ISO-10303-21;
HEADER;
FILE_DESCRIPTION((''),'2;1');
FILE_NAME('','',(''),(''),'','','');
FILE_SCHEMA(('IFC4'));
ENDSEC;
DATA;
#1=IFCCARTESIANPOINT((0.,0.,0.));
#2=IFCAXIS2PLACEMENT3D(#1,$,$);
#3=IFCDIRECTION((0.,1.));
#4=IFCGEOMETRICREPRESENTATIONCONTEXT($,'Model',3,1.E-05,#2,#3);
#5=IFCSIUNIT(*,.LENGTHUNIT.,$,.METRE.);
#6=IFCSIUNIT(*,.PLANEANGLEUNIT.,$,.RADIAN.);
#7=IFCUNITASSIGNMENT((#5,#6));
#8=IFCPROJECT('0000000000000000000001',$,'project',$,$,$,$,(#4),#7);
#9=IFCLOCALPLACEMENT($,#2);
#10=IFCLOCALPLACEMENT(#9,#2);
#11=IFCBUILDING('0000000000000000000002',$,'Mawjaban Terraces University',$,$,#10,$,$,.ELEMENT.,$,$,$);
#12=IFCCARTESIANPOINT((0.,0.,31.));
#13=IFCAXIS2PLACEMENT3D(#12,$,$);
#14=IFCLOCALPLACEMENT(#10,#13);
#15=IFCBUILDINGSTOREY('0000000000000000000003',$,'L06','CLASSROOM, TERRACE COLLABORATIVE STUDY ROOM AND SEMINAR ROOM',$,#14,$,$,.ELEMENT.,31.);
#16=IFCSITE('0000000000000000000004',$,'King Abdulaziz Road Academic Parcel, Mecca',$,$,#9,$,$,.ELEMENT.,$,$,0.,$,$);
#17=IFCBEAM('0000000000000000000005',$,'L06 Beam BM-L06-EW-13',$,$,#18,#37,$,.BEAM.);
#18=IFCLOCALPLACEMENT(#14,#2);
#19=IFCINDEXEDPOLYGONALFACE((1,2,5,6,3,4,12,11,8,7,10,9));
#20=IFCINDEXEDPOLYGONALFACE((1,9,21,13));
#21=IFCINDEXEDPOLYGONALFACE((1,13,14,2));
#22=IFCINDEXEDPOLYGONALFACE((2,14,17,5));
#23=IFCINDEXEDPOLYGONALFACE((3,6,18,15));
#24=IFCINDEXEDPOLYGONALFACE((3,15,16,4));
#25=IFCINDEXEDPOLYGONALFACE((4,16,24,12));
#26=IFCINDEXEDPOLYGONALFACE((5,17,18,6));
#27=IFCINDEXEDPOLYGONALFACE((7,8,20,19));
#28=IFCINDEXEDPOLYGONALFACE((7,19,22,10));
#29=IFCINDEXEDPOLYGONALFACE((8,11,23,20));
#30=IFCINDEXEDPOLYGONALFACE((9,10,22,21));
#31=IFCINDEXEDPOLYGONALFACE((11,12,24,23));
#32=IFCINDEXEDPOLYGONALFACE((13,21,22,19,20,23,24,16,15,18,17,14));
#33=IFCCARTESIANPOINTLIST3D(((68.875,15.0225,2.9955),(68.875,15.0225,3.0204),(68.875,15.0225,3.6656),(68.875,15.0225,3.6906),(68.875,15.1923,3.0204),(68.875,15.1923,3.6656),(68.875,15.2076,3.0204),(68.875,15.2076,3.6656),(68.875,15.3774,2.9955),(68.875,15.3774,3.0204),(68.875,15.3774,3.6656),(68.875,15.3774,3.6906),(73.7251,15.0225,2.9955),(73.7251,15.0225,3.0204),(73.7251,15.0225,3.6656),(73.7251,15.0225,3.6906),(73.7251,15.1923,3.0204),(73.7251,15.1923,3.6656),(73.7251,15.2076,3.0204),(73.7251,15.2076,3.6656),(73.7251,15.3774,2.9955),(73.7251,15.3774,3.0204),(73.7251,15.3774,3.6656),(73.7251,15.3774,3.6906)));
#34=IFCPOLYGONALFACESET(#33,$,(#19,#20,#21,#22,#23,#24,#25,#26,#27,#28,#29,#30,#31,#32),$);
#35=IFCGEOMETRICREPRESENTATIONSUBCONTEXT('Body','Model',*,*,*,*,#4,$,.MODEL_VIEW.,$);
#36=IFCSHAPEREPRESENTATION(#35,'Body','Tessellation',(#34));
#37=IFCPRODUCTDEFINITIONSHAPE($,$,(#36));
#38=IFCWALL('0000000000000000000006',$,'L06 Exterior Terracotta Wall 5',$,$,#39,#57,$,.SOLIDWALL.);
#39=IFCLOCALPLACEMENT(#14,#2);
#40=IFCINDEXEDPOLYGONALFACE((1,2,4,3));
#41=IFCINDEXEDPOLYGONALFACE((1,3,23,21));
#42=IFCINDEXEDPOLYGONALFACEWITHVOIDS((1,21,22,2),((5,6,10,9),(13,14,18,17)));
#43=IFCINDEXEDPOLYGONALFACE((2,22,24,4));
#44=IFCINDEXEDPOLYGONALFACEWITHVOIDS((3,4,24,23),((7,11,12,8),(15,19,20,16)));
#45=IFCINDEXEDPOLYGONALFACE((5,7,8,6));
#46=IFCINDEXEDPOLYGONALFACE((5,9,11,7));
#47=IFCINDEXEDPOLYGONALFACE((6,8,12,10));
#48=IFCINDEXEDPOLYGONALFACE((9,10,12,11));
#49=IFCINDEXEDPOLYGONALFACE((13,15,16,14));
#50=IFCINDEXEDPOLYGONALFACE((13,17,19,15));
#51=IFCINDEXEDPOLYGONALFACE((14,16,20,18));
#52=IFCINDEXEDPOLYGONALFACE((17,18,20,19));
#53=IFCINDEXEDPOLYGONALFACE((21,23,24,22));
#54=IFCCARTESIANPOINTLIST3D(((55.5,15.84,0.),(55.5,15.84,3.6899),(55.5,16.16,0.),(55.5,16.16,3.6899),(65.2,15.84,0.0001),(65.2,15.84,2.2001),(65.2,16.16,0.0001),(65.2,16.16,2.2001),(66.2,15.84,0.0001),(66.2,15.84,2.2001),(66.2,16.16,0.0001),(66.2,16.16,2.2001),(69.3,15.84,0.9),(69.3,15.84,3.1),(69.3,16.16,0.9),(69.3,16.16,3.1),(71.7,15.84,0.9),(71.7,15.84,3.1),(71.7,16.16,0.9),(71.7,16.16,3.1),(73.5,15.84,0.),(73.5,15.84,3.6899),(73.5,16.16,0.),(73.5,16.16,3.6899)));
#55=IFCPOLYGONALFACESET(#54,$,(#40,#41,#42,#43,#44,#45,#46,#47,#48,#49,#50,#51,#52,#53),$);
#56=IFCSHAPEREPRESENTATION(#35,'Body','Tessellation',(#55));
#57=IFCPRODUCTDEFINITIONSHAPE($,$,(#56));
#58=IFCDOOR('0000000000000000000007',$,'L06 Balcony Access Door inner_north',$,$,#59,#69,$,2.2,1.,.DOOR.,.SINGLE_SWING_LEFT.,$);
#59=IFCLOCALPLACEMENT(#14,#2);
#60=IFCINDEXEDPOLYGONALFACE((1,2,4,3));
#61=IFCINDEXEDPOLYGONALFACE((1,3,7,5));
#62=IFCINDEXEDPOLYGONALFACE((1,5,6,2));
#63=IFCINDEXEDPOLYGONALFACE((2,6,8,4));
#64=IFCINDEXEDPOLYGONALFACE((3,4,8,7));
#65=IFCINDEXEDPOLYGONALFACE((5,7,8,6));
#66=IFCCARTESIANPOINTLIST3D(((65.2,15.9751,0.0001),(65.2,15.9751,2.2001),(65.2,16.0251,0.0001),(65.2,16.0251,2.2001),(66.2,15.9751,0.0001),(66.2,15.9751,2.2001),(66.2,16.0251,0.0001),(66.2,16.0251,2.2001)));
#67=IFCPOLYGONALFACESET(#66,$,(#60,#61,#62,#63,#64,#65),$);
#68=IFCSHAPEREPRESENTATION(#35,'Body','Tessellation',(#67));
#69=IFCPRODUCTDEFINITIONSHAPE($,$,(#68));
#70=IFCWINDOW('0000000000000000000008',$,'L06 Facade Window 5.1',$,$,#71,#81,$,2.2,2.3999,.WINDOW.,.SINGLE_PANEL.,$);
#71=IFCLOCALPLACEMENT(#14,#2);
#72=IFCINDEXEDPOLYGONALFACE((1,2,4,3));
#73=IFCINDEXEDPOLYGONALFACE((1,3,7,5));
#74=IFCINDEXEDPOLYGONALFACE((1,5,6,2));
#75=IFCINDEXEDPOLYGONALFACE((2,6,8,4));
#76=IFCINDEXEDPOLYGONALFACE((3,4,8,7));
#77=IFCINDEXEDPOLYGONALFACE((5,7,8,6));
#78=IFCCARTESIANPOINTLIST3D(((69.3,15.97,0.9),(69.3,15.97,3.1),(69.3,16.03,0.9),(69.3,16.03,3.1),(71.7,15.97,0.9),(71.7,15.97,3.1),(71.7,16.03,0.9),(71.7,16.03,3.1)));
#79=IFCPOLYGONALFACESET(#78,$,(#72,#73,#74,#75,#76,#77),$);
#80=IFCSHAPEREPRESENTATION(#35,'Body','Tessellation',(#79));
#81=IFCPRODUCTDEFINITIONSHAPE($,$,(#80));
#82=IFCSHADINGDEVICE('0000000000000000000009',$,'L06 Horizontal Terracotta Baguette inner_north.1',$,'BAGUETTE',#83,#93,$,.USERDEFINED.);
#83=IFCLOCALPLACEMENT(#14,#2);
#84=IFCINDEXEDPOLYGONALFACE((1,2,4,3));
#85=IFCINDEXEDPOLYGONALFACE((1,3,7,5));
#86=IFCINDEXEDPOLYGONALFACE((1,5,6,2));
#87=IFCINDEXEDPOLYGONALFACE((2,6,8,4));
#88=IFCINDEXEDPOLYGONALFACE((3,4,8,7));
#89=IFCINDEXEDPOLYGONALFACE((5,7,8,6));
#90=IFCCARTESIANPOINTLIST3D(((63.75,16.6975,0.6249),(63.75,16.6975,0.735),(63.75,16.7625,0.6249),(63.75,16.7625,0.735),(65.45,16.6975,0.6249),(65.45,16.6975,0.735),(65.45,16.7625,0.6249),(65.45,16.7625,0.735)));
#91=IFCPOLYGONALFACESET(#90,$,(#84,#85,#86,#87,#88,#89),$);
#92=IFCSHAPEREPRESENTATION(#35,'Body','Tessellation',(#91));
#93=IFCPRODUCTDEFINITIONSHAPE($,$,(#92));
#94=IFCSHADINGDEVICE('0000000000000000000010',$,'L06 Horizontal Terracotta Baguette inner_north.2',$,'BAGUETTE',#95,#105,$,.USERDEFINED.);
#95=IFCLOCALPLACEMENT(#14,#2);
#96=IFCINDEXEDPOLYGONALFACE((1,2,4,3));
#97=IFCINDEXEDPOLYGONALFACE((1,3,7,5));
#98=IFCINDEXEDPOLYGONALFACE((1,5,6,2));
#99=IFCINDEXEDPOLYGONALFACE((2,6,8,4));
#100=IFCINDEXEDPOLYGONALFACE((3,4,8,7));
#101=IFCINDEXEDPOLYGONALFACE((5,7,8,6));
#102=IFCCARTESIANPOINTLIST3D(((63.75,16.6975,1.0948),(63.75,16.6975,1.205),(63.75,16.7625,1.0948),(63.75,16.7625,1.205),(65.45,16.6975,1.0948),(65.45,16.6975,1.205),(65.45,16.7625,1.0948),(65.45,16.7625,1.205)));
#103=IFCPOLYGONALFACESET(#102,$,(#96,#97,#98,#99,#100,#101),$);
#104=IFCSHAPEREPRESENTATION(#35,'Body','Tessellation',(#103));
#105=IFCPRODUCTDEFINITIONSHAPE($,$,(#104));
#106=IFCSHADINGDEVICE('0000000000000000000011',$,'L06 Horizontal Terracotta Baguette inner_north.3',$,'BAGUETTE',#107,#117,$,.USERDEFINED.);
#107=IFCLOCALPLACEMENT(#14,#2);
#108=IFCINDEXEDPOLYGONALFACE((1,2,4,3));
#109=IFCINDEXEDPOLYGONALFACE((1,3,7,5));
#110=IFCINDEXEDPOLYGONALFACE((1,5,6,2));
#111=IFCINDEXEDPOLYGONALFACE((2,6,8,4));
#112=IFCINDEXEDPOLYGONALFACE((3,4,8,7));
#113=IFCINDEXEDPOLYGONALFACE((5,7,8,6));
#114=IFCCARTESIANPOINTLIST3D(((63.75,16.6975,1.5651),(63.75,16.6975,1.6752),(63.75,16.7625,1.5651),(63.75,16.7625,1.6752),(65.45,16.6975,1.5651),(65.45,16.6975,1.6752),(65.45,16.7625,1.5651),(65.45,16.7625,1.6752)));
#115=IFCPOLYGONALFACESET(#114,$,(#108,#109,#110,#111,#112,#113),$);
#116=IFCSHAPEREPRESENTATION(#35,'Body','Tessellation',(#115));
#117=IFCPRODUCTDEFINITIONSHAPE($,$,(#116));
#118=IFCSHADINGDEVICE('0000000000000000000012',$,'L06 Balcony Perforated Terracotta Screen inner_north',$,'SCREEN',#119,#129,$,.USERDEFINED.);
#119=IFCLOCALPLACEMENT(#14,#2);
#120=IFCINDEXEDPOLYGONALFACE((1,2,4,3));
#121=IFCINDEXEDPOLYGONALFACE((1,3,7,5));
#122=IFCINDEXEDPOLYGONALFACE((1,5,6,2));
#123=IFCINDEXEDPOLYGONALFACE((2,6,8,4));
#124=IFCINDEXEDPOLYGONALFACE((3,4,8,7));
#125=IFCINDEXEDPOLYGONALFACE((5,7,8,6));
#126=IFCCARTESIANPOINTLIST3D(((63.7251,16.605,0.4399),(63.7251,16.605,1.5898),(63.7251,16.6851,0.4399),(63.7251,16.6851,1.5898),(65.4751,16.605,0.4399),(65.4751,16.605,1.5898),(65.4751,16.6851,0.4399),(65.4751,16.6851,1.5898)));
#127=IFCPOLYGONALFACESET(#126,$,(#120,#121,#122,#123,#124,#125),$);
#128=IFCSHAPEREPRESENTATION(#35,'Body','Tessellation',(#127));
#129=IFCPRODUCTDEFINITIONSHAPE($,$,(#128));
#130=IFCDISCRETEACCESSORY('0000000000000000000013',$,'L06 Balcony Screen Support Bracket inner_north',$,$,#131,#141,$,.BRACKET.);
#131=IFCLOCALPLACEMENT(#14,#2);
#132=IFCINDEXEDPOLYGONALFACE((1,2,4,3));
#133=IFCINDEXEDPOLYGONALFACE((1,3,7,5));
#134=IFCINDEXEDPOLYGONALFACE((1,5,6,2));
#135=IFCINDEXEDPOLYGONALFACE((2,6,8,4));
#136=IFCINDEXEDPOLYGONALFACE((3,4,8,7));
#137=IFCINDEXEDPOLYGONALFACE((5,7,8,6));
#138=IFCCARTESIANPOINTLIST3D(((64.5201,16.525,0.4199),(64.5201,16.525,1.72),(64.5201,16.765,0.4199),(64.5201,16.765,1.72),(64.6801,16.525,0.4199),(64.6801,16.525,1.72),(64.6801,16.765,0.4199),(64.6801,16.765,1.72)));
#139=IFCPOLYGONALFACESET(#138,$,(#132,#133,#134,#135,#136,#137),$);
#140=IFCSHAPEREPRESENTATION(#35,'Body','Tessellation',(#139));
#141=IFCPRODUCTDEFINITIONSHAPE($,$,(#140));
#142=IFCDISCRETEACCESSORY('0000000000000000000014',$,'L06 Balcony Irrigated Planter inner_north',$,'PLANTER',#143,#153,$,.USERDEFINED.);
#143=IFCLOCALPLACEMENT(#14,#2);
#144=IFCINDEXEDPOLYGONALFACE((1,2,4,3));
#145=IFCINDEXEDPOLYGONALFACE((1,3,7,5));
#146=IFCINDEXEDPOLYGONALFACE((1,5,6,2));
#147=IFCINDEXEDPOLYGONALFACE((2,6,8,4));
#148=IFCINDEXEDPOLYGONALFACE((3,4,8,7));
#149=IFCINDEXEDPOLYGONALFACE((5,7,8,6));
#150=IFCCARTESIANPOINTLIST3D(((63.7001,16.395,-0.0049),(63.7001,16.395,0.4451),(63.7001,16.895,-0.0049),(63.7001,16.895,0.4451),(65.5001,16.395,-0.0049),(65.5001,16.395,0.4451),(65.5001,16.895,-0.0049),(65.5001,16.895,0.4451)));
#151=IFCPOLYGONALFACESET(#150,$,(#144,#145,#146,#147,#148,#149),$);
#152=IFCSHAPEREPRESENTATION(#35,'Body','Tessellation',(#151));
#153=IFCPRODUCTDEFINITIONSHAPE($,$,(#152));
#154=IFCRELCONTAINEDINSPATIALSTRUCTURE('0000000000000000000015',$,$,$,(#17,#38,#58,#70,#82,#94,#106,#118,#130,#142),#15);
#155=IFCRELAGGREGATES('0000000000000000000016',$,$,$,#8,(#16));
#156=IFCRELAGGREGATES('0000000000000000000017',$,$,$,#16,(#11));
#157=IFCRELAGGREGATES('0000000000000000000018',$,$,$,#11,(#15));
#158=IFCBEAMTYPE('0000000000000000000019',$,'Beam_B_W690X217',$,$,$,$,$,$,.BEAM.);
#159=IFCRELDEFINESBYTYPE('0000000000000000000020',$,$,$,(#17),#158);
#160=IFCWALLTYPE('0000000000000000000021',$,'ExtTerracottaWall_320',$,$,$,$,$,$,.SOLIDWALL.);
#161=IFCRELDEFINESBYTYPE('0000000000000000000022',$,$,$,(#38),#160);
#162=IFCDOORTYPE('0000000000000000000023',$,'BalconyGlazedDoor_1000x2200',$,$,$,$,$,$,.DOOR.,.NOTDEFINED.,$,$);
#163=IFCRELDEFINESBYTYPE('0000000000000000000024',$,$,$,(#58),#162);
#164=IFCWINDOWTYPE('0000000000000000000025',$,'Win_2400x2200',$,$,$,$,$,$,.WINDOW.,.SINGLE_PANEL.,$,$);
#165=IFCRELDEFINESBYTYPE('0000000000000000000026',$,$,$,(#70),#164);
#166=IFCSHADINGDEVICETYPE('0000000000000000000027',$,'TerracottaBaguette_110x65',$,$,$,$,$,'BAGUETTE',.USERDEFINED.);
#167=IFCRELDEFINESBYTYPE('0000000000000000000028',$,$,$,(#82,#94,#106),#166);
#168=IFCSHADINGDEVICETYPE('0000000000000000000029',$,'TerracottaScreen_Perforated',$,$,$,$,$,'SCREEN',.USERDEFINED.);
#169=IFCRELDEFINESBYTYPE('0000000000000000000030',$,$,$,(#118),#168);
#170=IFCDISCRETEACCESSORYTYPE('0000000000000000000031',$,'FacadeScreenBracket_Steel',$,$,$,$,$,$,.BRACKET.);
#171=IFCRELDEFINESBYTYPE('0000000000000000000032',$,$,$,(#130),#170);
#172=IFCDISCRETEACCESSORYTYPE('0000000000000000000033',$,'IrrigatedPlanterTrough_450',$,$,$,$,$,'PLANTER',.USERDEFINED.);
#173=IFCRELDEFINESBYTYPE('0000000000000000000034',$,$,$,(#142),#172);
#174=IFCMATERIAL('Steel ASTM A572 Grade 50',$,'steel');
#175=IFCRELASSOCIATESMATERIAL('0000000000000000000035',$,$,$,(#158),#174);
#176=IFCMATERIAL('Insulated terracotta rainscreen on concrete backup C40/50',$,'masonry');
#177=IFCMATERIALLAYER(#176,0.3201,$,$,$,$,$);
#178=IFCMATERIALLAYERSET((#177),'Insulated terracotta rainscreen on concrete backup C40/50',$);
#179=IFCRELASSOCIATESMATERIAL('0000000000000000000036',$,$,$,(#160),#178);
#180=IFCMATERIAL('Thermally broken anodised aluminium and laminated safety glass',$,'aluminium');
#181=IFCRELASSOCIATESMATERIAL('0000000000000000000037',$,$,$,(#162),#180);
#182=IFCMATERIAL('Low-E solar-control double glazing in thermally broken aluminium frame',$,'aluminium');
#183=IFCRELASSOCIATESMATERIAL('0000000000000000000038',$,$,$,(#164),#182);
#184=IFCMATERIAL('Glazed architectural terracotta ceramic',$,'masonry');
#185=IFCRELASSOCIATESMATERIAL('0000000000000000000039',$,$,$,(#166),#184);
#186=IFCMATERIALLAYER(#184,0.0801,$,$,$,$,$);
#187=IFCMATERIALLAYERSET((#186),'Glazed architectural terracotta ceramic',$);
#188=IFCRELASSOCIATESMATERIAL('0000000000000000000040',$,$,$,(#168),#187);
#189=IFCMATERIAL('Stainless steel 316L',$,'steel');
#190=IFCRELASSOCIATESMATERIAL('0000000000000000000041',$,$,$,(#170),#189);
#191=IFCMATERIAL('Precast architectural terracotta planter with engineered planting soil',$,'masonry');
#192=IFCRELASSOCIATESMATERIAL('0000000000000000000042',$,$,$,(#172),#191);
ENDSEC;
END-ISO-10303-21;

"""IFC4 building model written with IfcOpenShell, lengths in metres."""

from ifc_helpers import new_model, si_unit, direction, frame, frame_2d, origin, origin_2d, place, context, subcontext, project, spatial, rectangle, i_section, extrude, material, layer, layer_set, material_profile, profile_set, type_object, element, fill, save


model = new_model("IFC4")

# Units and contexts
model_context = context("Model", 3, precision=1e-05, world=origin(), true_north=direction((0.0, 1.0)))
body_context = subcontext(model_context, "Body", "Model", "MODEL_VIEW")
ifc_project = project(units=[si_unit("LENGTHUNIT", "METRE"), si_unit("PLANEANGLEUNIT", "RADIAN")], contexts=[model_context])

# Site, building, storey
site_placement = place(None, origin())
site = spatial("IfcSite", under=ifc_project, at=site_placement, Name="King Abdulaziz Road Academic Parcel, Mecca", CompositionType="ELEMENT", RefElevation=0.0)
building_placement = place(site_placement, origin())
building = spatial("IfcBuilding", under=site, at=building_placement, Name="Mawjaban Terraces University", CompositionType="ELEMENT")
storey_placement = place(building_placement, frame((0.0, 0.0, 31.0)))
storey = spatial("IfcBuildingStorey", under=building, at=storey_placement, Name="L06", Description="CLASSROOM, TERRACE COLLABORATIVE STUDY ROOM AND SEMINAR ROOM", CompositionType="ELEMENT", Elevation=31.0)

# Beam
ifc_material_1 = material(Name="Steel ASTM A572 Grade 50", Category="steel")
ifc_material_profile_1 = material_profile(ifc_material_1, i_section(OverallWidth=0.355, OverallDepth=0.6951, WebThickness=0.0154, FlangeThickness=0.0249, at=origin_2d()), Name="W690X217")
ifc_profile_set_1 = profile_set([ifc_material_profile_1], Name="Steel ASTM A572 Grade 50")
beam_type_1 = type_object("IfcBeamType", Name="Beam_B_W690X217", PredefinedType="BEAM", material=ifc_profile_set_1)
beam_1_placement = place(storey_placement, frame((68.875, 15.2, 3.343), z_axis=(1.0, 0.0, 0.0), x_axis=(0.0, 1.0, 0.0)))
element("IfcBeam", 1, at=beam_1_placement, inside=storey, type_object=beam_type_1, Name="L06 Beam BM-L06-EW-13", PredefinedType="BEAM", context=body_context, shape_type="SweptSolid", body=[
    extrude(i_section(OverallWidth=0.355, OverallDepth=0.6951, WebThickness=0.0154, FlangeThickness=0.0249, at=origin_2d()), origin(), (0.0, 0.0, 1.0), 4.8501),
])

# Wall, openings, door, window
ifc_material_2 = material(Name="Insulated terracotta rainscreen on concrete backup C40/50", Category="masonry")
ifc_layer_1 = layer(ifc_material_2, 0.3201)
ifc_layer_set_1 = layer_set([ifc_layer_1], Name="Insulated terracotta rainscreen on concrete backup C40/50")
wall_type = type_object("IfcWallType", Name="ExtTerracottaWall_320", PredefinedType="SOLIDWALL", material=ifc_layer_set_1)
wall_placement = place(storey_placement, frame((73.5, 16.0, 0.0), z_axis=(0.0, 0.0, 1.0), x_axis=(-1.0, 0.0, 0.0)))
wall = element("IfcWall", 2, at=wall_placement, inside=storey, type_object=wall_type, Name="L06 Exterior Terracotta Wall 5", PredefinedType="SOLIDWALL", context=body_context, shape_type="SweptSolid", body=[
    extrude(rectangle(XDim=18.0, YDim=0.3201, at=frame_2d((9.0, 0.0))), origin(), (0.0, 0.0, 1.0), 3.6899),
])
opening_1_placement = place(wall_placement, frame((7.3, 0.0, 0.0)))
opening_1 = element("IfcOpeningElement", 3, at=opening_1_placement, cuts=wall, PredefinedType="OPENING", context=body_context, shape_type="SweptSolid", body=[
    extrude(rectangle(XDim=1.0, YDim=2.2, at=frame_2d((0.5, 1.1001))), frame((0.0, 0.1699, 0.0), z_axis=(0.0, -1.0, 0.0), x_axis=(1.0, 0.0, 0.0)), (0.0, 0.0, 1.0), 0.3401),
])
opening_2_placement = place(wall_placement, frame((1.8, 0.0, 0.8999)))
opening_2 = element("IfcOpeningElement", 4, at=opening_2_placement, cuts=wall, PredefinedType="OPENING", context=body_context, shape_type="SweptSolid", body=[
    extrude(rectangle(XDim=2.3999, YDim=2.2, at=frame_2d((1.2, 1.1001))), frame((0.0, 0.1699, 0.0), z_axis=(0.0, -1.0, 0.0), x_axis=(1.0, 0.0, 0.0)), (0.0, 0.0, 1.0), 0.3401),
])
ifc_material_3 = material(Name="Thermally broken anodised aluminium and laminated safety glass", Category="aluminium")
door_type = type_object("IfcDoorType", Name="BalconyGlazedDoor_1000x2200", OperationType="NOTDEFINED", PredefinedType="DOOR", material=ifc_material_3)
door_placement = place(opening_1_placement, origin())
door = element("IfcDoor", 5, at=door_placement, inside=storey, type_object=door_type, Name="L06 Balcony Access Door inner_north", OperationType="SINGLE_SWING_LEFT", OverallHeight=2.2, OverallWidth=1.0, PredefinedType="DOOR", context=body_context, shape_type="SweptSolid", body=[
    extrude(rectangle(XDim=1.0, YDim=2.2, at=frame_2d((0.5, 1.1001))), frame((0.0, 0.0249, 0.0), z_axis=(0.0, -1.0, 0.0), x_axis=(1.0, 0.0, 0.0)), (0.0, 0.0, 1.0), 0.05),
])
fill(opening_1, door)
ifc_material_4 = material(Name="Low-E solar-control double glazing in thermally broken aluminium frame", Category="aluminium")
window_type = type_object("IfcWindowType", Name="Win_2400x2200", PartitioningType="SINGLE_PANEL", PredefinedType="WINDOW", material=ifc_material_4)
window_placement = place(opening_2_placement, origin())
window = element("IfcWindow", 6, at=window_placement, inside=storey, type_object=window_type, Name="L06 Facade Window 5.1", OverallHeight=2.2, OverallWidth=2.3999, PartitioningType="SINGLE_PANEL", PredefinedType="WINDOW", context=body_context, shape_type="SweptSolid", body=[
    extrude(rectangle(XDim=2.3999, YDim=2.2, at=frame_2d((1.2, 1.1001))), frame((0.0, 0.03, 0.0), z_axis=(0.0, -1.0, 0.0), x_axis=(1.0, 0.0, 0.0)), (0.0, 0.0, 1.0), 0.0601),
])
fill(opening_2, window)

# Shading devices
ifc_material_5 = material(Name="Glazed architectural terracotta ceramic", Category="masonry")
ifc_material_profile_2 = material_profile(ifc_material_5, rectangle(XDim=0.0649, YDim=0.1101, at=origin_2d()), Name="TBAG110X65")
ifc_profile_set_2 = profile_set([ifc_material_profile_2], Name="Glazed architectural terracotta ceramic")
shading_device_type_1 = type_object("IfcShadingDeviceType", Name="TerracottaBaguette_110x65", ElementType="BAGUETTE", PredefinedType="USERDEFINED", material=ifc_profile_set_2)
for number, where, z_axis, x_axis, name in (
    (7, (63.75, 16.73, 0.6799), (1.0, 0.0, 0.0), (0.0, 1.0, 0.0), "L06 Horizontal Terracotta Baguette inner_north.1"),
    (8, (63.75, 16.73, 1.1499), (1.0, 0.0, 0.0), (0.0, 1.0, 0.0), "L06 Horizontal Terracotta Baguette inner_north.2"),
    (9, (63.75, 16.73, 1.6201), (1.0, 0.0, 0.0), (0.0, 1.0, 0.0), "L06 Horizontal Terracotta Baguette inner_north.3"),
):
    element("IfcShadingDevice", number, at=place(storey_placement, frame(where, z_axis=z_axis, x_axis=x_axis)), inside=storey, type_object=shading_device_type_1, Name=name, ObjectType="BAGUETTE", PredefinedType="USERDEFINED", context=body_context, shape_type="SweptSolid", body=[
        extrude(rectangle(XDim=0.0649, YDim=0.1101, at=origin_2d()), origin(), (0.0, 0.0, 1.0), 1.7),
    ])
ifc_layer_2 = layer(ifc_material_5, 0.0801)
ifc_layer_set_2 = layer_set([ifc_layer_2], Name="Glazed architectural terracotta ceramic")
shading_device_type_2 = type_object("IfcShadingDeviceType", Name="TerracottaScreen_Perforated", ElementType="SCREEN", PredefinedType="USERDEFINED", material=ifc_layer_set_2)
shading_device_placement = place(storey_placement, frame((64.6001, 16.645, 0.4399), z_axis=(0.0, 0.0, 1.0), x_axis=(1.0, 0.0, 0.0)))
element("IfcShadingDevice", 10, at=shading_device_placement, inside=storey, type_object=shading_device_type_2, Name="L06 Balcony Perforated Terracotta Screen inner_north", ObjectType="SCREEN", PredefinedType="USERDEFINED", context=body_context, shape_type="SweptSolid", body=[
    extrude(rectangle(XDim=1.75, YDim=0.0801, at=origin_2d()), origin(), (0.0, 0.0, 1.0), 1.1499),
])

# Discrete accessories
ifc_material_6 = material(Name="Stainless steel 316L", Category="steel")
discrete_accessory_type_1 = type_object("IfcDiscreteAccessoryType", Name="FacadeScreenBracket_Steel", PredefinedType="BRACKET", material=ifc_material_6)
discrete_accessory_1_placement = place(storey_placement, frame((64.6001, 16.645, 0.4199), z_axis=(0.0, 0.0, 1.0), x_axis=(1.0, 0.0, 0.0)))
element("IfcDiscreteAccessory", 11, at=discrete_accessory_1_placement, inside=storey, type_object=discrete_accessory_type_1, Name="L06 Balcony Screen Support Bracket inner_north", PredefinedType="BRACKET", context=body_context, shape_type="SweptSolid", body=[
    extrude(rectangle(XDim=0.1599, YDim=0.24, at=origin_2d()), origin(), (0.0, 0.0, 1.0), 1.3),
])
ifc_material_7 = material(Name="Precast architectural terracotta planter with engineered planting soil", Category="masonry")
discrete_accessory_type_2 = type_object("IfcDiscreteAccessoryType", Name="IrrigatedPlanterTrough_450", ElementType="PLANTER", PredefinedType="USERDEFINED", material=ifc_material_7)
discrete_accessory_2_placement = place(storey_placement, frame((64.6001, 16.645, -0.0049), z_axis=(0.0, 0.0, 1.0), x_axis=(1.0, 0.0, 0.0)))
element("IfcDiscreteAccessory", 12, at=discrete_accessory_2_placement, inside=storey, type_object=discrete_accessory_type_2, Name="L06 Balcony Irrigated Planter inner_north", ObjectType="PLANTER", PredefinedType="USERDEFINED", context=body_context, shape_type="SweptSolid", body=[
    extrude(rectangle(XDim=1.8, YDim=0.5, at=origin_2d()), origin(), (0.0, 0.0, 1.0), 0.45),
])

save(model, "model.ifc")
